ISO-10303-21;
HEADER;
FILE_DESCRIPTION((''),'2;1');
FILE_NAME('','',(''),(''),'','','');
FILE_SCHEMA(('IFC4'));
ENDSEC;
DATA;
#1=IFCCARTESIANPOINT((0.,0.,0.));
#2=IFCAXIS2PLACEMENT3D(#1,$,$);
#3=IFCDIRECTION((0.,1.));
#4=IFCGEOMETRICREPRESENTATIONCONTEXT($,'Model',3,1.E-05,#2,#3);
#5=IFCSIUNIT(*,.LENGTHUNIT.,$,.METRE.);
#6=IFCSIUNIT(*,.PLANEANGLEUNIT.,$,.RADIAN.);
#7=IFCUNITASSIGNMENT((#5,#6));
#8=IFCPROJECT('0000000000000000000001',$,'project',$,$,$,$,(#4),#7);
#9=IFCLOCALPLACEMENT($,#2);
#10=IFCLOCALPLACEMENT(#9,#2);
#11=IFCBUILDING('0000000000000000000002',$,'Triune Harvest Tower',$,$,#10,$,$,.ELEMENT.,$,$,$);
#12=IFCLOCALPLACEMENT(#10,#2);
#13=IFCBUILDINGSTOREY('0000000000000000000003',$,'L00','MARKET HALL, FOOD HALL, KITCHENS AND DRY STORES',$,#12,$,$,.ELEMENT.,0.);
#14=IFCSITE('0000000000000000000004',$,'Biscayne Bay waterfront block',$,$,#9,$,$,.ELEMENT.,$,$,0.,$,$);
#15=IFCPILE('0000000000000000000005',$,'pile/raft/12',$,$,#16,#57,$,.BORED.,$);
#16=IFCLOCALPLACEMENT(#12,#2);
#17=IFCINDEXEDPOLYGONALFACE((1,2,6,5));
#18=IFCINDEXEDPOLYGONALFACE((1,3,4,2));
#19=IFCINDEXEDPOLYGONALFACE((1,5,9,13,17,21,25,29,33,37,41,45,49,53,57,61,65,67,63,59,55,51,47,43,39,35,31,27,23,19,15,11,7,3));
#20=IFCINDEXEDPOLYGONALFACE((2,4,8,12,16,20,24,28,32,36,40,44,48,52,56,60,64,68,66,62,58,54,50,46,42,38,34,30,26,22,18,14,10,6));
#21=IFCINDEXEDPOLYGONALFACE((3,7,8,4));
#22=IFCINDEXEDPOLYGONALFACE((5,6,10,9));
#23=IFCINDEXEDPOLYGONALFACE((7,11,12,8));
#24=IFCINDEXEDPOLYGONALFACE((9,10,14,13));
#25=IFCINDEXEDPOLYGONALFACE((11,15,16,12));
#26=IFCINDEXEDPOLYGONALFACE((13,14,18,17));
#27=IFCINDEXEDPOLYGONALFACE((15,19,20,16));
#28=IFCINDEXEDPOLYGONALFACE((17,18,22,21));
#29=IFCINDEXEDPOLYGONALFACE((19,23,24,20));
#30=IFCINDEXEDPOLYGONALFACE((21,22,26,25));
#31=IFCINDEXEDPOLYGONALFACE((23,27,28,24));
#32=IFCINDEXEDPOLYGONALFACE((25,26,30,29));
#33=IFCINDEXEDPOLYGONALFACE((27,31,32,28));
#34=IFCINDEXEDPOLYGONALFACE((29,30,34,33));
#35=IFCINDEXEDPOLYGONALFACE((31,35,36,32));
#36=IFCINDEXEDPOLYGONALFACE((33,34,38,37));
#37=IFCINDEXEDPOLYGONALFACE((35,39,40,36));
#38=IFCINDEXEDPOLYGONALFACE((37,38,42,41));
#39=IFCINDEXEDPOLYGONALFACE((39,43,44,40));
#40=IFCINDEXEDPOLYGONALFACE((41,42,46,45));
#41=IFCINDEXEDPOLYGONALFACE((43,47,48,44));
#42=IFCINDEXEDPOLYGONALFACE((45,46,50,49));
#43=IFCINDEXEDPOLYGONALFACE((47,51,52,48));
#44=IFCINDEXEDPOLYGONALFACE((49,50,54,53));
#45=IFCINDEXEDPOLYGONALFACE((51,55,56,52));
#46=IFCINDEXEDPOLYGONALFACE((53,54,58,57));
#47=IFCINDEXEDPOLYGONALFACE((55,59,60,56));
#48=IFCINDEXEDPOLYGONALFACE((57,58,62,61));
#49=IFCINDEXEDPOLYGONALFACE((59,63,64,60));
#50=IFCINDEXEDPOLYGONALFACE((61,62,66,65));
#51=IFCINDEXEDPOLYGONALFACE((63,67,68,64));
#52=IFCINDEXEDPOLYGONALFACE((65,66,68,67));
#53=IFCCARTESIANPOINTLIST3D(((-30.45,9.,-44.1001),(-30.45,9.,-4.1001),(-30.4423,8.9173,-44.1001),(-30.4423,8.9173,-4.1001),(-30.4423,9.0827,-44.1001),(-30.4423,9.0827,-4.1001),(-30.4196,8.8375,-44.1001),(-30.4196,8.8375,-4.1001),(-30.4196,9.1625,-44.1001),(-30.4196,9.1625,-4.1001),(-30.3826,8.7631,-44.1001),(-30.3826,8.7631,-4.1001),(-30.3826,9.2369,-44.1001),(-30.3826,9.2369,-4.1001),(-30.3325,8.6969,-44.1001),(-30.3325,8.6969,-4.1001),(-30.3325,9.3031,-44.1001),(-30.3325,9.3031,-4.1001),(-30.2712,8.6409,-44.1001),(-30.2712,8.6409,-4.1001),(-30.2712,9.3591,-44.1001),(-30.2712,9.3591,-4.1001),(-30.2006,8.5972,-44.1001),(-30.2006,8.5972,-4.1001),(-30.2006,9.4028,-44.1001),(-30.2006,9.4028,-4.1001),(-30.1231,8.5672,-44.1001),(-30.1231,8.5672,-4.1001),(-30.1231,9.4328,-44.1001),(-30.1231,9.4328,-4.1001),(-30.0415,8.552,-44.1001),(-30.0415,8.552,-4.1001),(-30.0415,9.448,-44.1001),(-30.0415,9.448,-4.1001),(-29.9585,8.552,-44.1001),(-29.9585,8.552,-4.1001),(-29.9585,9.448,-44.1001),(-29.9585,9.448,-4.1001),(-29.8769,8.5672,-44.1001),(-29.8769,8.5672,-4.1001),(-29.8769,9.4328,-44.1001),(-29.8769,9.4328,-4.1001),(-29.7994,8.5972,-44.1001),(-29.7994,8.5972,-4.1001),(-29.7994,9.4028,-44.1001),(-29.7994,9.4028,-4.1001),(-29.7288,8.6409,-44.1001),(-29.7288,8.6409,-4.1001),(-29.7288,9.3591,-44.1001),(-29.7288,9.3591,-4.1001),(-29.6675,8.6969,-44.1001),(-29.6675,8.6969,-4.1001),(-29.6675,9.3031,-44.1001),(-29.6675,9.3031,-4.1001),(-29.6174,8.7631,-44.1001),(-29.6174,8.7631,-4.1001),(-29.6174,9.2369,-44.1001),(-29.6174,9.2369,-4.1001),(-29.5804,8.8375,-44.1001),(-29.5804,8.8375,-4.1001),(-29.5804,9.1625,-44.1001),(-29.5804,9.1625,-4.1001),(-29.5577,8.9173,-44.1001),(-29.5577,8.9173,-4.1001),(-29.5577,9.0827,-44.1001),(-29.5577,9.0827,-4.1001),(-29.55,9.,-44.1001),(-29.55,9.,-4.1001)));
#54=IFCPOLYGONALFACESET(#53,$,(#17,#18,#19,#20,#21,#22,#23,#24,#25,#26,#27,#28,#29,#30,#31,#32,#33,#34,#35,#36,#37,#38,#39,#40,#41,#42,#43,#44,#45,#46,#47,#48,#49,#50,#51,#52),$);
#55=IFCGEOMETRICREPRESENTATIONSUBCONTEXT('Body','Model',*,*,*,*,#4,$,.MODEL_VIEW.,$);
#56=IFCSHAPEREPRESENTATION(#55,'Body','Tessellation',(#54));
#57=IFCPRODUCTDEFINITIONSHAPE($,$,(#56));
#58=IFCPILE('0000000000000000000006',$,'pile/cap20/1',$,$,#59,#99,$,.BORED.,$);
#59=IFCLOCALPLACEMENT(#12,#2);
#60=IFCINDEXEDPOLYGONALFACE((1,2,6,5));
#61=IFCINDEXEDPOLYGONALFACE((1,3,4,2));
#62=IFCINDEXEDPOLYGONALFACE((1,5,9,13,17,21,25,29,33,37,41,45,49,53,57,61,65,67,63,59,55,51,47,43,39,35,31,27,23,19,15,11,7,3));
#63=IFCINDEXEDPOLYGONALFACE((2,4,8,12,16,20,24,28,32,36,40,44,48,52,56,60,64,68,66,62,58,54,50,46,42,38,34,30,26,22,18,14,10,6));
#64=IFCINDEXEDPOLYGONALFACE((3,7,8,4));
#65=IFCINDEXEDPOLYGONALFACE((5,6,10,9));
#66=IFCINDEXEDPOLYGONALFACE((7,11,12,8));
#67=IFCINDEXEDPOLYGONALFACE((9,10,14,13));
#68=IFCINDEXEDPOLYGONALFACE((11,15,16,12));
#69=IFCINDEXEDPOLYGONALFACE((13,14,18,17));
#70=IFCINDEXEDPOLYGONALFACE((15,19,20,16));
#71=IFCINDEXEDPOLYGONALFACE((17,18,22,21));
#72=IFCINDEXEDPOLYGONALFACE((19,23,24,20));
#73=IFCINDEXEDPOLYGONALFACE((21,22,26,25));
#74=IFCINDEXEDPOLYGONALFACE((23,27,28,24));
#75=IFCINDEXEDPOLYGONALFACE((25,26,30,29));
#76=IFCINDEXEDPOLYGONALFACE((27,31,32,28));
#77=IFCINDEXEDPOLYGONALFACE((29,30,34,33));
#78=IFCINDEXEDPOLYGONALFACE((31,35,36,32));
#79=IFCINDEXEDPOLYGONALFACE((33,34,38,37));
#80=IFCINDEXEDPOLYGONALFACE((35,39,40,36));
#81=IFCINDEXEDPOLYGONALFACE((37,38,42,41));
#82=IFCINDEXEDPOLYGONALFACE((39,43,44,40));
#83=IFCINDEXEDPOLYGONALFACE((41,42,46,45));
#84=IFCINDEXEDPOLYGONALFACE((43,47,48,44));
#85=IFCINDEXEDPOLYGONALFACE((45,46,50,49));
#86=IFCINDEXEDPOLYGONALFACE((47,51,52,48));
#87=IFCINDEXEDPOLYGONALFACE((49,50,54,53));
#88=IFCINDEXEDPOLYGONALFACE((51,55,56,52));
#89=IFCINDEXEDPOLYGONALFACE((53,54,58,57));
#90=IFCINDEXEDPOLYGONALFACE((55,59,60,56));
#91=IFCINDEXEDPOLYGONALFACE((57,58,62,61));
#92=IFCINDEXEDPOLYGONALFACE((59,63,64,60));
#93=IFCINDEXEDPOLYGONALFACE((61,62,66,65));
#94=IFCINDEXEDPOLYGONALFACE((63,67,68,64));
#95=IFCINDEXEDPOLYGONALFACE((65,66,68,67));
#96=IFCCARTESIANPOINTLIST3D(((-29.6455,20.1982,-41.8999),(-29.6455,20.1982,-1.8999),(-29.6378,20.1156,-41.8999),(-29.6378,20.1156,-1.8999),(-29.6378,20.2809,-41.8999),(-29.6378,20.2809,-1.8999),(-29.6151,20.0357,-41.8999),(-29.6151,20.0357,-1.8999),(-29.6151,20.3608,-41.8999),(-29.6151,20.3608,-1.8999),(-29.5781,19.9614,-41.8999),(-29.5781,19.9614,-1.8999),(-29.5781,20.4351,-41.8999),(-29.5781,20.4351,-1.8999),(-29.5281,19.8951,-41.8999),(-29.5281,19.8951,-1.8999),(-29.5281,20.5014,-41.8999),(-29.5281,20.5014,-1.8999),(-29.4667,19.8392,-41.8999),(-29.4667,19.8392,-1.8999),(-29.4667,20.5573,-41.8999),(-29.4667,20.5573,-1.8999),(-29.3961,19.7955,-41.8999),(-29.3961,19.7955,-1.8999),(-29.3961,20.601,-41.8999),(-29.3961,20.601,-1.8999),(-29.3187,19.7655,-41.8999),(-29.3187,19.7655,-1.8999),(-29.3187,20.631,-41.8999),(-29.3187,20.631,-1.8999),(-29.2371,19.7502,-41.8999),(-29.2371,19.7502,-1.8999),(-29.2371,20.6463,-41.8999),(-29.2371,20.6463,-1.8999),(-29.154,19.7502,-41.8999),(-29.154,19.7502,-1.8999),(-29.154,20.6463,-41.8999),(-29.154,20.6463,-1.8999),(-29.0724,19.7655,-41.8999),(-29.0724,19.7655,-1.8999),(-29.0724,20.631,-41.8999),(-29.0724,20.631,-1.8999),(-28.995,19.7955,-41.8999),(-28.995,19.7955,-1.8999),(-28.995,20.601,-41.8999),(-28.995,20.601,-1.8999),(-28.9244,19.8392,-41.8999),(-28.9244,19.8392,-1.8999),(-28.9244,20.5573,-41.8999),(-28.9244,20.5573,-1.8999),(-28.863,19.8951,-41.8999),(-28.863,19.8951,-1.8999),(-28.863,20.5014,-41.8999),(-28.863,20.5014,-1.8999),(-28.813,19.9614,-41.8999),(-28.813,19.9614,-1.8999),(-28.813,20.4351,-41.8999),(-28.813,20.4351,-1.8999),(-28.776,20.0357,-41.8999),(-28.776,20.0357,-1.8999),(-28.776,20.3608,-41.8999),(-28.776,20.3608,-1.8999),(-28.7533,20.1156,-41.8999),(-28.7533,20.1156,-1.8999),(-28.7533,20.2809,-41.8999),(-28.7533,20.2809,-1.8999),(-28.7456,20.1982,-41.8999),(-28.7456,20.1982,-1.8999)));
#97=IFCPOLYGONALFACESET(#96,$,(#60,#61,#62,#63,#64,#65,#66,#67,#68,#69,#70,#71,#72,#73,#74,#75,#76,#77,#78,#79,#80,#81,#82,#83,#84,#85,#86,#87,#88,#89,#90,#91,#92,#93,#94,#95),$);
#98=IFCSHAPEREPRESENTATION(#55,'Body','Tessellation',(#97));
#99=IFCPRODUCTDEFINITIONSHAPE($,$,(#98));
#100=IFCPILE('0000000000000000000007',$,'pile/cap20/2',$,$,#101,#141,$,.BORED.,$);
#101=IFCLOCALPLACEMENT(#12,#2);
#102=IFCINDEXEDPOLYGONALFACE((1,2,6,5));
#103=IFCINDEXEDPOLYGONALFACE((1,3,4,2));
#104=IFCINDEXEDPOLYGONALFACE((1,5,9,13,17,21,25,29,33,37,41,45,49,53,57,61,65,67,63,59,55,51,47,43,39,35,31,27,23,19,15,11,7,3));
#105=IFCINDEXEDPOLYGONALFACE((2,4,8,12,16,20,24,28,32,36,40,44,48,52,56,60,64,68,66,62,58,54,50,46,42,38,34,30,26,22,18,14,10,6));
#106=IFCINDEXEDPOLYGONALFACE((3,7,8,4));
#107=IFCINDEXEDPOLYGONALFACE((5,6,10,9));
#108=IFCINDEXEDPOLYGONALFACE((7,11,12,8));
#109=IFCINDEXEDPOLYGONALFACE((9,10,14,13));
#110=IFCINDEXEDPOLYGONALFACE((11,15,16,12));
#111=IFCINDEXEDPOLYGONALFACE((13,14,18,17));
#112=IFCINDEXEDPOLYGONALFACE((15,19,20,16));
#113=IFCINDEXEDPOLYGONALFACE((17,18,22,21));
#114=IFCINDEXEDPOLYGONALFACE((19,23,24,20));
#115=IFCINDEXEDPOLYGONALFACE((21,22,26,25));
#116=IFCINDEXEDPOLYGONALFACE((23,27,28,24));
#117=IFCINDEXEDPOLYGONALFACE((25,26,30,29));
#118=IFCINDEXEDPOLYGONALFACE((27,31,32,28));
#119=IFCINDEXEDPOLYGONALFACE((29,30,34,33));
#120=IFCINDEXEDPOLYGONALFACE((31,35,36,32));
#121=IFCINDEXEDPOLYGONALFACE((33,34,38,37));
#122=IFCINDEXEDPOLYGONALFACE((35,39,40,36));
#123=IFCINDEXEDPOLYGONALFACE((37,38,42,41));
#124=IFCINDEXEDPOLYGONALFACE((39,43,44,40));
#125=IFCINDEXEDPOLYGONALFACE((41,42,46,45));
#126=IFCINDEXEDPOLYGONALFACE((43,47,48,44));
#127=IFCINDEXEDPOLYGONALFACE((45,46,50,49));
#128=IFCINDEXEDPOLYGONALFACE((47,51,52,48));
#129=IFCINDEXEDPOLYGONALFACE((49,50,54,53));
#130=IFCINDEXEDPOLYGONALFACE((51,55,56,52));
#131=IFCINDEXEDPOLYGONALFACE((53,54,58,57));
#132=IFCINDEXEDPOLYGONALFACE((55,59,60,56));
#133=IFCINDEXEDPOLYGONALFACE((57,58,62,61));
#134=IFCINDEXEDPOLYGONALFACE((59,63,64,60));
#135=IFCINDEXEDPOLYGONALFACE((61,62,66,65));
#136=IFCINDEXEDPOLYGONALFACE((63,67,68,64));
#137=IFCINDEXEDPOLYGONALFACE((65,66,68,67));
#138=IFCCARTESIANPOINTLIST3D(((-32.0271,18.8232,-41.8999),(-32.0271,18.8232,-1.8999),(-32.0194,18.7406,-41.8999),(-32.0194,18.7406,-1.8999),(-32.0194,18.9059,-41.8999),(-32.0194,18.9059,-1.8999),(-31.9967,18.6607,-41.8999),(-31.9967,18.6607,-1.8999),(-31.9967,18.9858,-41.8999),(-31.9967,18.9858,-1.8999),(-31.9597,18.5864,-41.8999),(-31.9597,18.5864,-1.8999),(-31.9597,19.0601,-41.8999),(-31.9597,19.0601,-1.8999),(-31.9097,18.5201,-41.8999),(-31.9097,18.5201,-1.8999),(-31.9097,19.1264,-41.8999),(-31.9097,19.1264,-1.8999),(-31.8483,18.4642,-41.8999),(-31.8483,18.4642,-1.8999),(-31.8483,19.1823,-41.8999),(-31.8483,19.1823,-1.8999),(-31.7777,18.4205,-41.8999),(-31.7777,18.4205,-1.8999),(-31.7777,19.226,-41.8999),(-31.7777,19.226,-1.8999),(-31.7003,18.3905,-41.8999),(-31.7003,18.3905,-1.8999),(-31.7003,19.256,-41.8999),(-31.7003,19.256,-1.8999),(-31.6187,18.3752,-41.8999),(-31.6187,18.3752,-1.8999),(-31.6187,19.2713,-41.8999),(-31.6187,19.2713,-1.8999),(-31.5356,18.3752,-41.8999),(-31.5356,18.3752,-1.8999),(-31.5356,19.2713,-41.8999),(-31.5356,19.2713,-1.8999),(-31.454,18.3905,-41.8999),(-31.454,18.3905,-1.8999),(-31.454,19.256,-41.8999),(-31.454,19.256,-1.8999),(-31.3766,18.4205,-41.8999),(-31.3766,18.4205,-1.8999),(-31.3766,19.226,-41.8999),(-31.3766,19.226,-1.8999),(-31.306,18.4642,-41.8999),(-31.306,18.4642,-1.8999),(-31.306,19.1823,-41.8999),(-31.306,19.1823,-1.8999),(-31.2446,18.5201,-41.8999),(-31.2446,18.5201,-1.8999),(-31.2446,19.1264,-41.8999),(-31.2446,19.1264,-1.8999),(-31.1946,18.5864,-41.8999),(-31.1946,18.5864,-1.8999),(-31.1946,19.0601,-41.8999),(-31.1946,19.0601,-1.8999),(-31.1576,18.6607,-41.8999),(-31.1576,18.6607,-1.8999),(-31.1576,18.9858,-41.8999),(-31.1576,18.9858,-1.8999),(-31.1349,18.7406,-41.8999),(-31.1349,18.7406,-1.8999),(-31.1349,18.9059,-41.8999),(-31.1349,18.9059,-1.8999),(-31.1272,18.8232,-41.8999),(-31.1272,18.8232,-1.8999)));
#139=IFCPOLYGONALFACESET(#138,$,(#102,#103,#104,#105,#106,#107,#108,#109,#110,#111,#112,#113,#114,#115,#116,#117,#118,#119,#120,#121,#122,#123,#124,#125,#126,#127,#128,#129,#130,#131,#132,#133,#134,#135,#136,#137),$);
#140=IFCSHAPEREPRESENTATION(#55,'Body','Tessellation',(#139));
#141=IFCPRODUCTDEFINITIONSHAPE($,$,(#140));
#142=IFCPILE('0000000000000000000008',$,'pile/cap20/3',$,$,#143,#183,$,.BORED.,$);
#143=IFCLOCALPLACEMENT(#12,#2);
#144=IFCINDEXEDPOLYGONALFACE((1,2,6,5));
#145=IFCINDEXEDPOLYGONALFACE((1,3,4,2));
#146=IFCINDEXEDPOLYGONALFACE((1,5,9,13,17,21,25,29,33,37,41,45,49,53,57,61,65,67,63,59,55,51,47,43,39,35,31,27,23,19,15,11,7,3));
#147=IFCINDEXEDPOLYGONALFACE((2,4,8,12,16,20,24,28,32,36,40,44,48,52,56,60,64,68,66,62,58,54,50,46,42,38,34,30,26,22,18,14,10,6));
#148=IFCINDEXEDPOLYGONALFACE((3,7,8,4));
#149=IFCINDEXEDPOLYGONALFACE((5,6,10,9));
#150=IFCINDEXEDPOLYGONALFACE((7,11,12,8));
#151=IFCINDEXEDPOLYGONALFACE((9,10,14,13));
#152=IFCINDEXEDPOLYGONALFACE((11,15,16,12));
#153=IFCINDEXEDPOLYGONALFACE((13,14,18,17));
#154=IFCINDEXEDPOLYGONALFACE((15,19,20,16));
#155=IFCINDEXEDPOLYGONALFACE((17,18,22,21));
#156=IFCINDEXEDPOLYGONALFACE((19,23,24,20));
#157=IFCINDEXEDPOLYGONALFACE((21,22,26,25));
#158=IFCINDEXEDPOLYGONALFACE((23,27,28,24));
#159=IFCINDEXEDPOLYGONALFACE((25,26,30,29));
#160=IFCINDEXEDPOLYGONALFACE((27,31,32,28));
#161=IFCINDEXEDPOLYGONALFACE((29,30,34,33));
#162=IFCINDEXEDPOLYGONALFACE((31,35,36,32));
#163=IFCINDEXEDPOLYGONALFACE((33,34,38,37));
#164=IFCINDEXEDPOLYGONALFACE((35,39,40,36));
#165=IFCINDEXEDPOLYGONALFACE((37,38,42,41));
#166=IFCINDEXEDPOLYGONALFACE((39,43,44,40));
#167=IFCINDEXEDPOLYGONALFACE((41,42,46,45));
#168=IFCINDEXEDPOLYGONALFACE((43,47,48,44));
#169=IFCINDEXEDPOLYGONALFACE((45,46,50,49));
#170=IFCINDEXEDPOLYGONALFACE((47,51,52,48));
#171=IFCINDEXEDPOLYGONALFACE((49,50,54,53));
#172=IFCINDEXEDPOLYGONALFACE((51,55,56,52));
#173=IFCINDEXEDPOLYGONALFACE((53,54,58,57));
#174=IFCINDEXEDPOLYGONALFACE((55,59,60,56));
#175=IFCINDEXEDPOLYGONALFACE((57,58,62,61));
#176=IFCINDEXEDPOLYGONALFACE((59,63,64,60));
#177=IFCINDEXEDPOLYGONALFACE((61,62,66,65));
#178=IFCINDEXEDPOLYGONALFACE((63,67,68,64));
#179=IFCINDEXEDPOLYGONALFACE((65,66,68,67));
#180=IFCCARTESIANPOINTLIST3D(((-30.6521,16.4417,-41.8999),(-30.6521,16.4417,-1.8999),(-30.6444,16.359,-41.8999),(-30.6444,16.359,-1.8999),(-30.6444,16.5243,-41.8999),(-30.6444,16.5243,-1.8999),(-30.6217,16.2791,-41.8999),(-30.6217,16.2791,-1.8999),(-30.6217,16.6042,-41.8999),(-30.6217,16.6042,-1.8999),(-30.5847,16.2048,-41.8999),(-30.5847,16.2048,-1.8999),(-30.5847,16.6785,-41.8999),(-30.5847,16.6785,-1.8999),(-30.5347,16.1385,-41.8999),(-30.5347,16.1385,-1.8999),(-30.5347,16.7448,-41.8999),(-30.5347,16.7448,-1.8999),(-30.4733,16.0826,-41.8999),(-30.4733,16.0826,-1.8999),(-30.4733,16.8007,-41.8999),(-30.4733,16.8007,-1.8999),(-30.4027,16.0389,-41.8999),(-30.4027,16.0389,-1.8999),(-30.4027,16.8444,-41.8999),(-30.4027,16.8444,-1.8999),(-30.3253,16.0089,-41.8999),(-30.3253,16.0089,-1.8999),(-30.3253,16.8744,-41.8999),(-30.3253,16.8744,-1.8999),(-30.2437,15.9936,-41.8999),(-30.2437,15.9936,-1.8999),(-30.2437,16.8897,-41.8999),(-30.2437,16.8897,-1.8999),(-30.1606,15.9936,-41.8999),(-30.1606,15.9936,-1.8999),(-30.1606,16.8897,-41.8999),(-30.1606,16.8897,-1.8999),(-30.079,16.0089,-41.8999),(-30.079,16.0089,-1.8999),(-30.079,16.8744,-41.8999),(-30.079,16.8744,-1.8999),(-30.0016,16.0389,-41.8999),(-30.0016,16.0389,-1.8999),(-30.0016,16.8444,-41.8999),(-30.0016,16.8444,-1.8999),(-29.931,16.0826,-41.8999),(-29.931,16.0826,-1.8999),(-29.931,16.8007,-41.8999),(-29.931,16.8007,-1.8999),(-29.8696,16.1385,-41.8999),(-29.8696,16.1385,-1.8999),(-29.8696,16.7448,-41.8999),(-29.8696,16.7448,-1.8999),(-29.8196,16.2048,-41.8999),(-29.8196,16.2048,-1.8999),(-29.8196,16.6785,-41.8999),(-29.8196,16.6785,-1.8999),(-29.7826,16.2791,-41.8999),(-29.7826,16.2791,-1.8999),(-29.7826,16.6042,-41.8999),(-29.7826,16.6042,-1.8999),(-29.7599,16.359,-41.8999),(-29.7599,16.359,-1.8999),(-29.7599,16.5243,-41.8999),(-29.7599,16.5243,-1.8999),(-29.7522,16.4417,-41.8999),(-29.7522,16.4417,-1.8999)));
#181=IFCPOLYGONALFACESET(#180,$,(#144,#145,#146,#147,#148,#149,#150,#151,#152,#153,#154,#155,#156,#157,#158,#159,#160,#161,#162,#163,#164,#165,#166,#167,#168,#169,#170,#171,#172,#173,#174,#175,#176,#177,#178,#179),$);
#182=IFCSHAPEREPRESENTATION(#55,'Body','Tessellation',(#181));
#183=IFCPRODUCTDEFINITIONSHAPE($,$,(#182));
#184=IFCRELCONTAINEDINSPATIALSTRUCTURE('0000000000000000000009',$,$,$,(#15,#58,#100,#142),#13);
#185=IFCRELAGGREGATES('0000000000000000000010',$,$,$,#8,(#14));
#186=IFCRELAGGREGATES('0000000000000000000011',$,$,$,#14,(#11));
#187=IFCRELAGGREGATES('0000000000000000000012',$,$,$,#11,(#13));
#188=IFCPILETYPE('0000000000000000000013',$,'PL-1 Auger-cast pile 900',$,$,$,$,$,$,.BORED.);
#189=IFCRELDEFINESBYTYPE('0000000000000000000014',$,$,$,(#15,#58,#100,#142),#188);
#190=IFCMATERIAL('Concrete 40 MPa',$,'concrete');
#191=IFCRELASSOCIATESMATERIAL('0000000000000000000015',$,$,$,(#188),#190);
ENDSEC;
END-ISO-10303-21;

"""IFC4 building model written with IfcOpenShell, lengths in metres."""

from ifc_helpers import new_model, si_unit, direction, frame, origin, origin_2d, place, context, subcontext, project, spatial, circle, extrude, source, transform, mapped, material, material_profile, profile_set, type_object, element, save


model = new_model("IFC4")

# Units and contexts
model_context = context("Model", 3, precision=1e-05, world=origin(), true_north=direction((0.0, 1.0)))
body_context = subcontext(model_context, "Body", "Model", "MODEL_VIEW")
ifc_project = project(units=[si_unit("LENGTHUNIT", "METRE"), si_unit("PLANEANGLEUNIT", "RADIAN")], contexts=[model_context])

# Site, building, storey
site_placement = place(None, origin())
site = spatial("IfcSite", under=ifc_project, at=site_placement, Name="Biscayne Bay waterfront block", CompositionType="ELEMENT", RefElevation=0.0)
building_placement = place(site_placement, origin())
building = spatial("IfcBuilding", under=site, at=building_placement, Name="Triune Harvest Tower", CompositionType="ELEMENT")
storey_placement = place(building_placement, origin())
storey = spatial("IfcBuildingStorey", under=building, at=storey_placement, Name="L00", Description="MARKET HALL, FOOD HALL, KITCHENS AND DRY STORES", CompositionType="ELEMENT", Elevation=0.0)

# Piles
ifc_material_1 = material(Name="Concrete 40 MPa", Category="concrete")
ifc_material_profile_1 = material_profile(ifc_material_1, circle(Radius=0.45, at=origin_2d()), Name="Bored 900")
ifc_profile_set_1 = profile_set([ifc_material_profile_1], Name="Concrete 40 MPa")
pile_type = type_object("IfcPileType", Name="PL-1 Auger-cast pile 900", PredefinedType="BORED", material=ifc_profile_set_1)
shared_shape_1 = source(origin(), body_context, "Body", "SweptSolid", [
    extrude(circle(Radius=0.45, at=origin_2d()), origin(), (0.0, 0.0, 1.0), 40.0),
])
for number, where, z_axis, x_axis, name in (
    (1, (-30.0, 9.0, -4.1001), (0.0, 0.0, -1.0), (1.0, 0.0, 0.0), "pile/raft/12"),
    (2, (-29.1956, 20.1982, -1.8999), (0.0, 0.0, -1.0), (1.0, 0.0, 0.0), "pile/cap20/1"),
    (3, (-31.5771, 18.8232, -1.8999), (0.0, 0.0, -1.0), (1.0, 0.0, 0.0), "pile/cap20/2"),
    (4, (-30.2021, 16.4417, -1.8999), (0.0, 0.0, -1.0), (1.0, 0.0, 0.0), "pile/cap20/3"),
):
    element("IfcPile", number, at=place(storey_placement, frame(where, z_axis=z_axis, x_axis=x_axis)), inside=storey, type_object=pile_type, Name=name, PredefinedType="BORED", context=body_context, shape_type="MappedRepresentation", body=[
        mapped(shared_shape_1, transform((0.0, 0.0, 0.0), scale=1.0)),
    ])

save(model, "model.ifc")
